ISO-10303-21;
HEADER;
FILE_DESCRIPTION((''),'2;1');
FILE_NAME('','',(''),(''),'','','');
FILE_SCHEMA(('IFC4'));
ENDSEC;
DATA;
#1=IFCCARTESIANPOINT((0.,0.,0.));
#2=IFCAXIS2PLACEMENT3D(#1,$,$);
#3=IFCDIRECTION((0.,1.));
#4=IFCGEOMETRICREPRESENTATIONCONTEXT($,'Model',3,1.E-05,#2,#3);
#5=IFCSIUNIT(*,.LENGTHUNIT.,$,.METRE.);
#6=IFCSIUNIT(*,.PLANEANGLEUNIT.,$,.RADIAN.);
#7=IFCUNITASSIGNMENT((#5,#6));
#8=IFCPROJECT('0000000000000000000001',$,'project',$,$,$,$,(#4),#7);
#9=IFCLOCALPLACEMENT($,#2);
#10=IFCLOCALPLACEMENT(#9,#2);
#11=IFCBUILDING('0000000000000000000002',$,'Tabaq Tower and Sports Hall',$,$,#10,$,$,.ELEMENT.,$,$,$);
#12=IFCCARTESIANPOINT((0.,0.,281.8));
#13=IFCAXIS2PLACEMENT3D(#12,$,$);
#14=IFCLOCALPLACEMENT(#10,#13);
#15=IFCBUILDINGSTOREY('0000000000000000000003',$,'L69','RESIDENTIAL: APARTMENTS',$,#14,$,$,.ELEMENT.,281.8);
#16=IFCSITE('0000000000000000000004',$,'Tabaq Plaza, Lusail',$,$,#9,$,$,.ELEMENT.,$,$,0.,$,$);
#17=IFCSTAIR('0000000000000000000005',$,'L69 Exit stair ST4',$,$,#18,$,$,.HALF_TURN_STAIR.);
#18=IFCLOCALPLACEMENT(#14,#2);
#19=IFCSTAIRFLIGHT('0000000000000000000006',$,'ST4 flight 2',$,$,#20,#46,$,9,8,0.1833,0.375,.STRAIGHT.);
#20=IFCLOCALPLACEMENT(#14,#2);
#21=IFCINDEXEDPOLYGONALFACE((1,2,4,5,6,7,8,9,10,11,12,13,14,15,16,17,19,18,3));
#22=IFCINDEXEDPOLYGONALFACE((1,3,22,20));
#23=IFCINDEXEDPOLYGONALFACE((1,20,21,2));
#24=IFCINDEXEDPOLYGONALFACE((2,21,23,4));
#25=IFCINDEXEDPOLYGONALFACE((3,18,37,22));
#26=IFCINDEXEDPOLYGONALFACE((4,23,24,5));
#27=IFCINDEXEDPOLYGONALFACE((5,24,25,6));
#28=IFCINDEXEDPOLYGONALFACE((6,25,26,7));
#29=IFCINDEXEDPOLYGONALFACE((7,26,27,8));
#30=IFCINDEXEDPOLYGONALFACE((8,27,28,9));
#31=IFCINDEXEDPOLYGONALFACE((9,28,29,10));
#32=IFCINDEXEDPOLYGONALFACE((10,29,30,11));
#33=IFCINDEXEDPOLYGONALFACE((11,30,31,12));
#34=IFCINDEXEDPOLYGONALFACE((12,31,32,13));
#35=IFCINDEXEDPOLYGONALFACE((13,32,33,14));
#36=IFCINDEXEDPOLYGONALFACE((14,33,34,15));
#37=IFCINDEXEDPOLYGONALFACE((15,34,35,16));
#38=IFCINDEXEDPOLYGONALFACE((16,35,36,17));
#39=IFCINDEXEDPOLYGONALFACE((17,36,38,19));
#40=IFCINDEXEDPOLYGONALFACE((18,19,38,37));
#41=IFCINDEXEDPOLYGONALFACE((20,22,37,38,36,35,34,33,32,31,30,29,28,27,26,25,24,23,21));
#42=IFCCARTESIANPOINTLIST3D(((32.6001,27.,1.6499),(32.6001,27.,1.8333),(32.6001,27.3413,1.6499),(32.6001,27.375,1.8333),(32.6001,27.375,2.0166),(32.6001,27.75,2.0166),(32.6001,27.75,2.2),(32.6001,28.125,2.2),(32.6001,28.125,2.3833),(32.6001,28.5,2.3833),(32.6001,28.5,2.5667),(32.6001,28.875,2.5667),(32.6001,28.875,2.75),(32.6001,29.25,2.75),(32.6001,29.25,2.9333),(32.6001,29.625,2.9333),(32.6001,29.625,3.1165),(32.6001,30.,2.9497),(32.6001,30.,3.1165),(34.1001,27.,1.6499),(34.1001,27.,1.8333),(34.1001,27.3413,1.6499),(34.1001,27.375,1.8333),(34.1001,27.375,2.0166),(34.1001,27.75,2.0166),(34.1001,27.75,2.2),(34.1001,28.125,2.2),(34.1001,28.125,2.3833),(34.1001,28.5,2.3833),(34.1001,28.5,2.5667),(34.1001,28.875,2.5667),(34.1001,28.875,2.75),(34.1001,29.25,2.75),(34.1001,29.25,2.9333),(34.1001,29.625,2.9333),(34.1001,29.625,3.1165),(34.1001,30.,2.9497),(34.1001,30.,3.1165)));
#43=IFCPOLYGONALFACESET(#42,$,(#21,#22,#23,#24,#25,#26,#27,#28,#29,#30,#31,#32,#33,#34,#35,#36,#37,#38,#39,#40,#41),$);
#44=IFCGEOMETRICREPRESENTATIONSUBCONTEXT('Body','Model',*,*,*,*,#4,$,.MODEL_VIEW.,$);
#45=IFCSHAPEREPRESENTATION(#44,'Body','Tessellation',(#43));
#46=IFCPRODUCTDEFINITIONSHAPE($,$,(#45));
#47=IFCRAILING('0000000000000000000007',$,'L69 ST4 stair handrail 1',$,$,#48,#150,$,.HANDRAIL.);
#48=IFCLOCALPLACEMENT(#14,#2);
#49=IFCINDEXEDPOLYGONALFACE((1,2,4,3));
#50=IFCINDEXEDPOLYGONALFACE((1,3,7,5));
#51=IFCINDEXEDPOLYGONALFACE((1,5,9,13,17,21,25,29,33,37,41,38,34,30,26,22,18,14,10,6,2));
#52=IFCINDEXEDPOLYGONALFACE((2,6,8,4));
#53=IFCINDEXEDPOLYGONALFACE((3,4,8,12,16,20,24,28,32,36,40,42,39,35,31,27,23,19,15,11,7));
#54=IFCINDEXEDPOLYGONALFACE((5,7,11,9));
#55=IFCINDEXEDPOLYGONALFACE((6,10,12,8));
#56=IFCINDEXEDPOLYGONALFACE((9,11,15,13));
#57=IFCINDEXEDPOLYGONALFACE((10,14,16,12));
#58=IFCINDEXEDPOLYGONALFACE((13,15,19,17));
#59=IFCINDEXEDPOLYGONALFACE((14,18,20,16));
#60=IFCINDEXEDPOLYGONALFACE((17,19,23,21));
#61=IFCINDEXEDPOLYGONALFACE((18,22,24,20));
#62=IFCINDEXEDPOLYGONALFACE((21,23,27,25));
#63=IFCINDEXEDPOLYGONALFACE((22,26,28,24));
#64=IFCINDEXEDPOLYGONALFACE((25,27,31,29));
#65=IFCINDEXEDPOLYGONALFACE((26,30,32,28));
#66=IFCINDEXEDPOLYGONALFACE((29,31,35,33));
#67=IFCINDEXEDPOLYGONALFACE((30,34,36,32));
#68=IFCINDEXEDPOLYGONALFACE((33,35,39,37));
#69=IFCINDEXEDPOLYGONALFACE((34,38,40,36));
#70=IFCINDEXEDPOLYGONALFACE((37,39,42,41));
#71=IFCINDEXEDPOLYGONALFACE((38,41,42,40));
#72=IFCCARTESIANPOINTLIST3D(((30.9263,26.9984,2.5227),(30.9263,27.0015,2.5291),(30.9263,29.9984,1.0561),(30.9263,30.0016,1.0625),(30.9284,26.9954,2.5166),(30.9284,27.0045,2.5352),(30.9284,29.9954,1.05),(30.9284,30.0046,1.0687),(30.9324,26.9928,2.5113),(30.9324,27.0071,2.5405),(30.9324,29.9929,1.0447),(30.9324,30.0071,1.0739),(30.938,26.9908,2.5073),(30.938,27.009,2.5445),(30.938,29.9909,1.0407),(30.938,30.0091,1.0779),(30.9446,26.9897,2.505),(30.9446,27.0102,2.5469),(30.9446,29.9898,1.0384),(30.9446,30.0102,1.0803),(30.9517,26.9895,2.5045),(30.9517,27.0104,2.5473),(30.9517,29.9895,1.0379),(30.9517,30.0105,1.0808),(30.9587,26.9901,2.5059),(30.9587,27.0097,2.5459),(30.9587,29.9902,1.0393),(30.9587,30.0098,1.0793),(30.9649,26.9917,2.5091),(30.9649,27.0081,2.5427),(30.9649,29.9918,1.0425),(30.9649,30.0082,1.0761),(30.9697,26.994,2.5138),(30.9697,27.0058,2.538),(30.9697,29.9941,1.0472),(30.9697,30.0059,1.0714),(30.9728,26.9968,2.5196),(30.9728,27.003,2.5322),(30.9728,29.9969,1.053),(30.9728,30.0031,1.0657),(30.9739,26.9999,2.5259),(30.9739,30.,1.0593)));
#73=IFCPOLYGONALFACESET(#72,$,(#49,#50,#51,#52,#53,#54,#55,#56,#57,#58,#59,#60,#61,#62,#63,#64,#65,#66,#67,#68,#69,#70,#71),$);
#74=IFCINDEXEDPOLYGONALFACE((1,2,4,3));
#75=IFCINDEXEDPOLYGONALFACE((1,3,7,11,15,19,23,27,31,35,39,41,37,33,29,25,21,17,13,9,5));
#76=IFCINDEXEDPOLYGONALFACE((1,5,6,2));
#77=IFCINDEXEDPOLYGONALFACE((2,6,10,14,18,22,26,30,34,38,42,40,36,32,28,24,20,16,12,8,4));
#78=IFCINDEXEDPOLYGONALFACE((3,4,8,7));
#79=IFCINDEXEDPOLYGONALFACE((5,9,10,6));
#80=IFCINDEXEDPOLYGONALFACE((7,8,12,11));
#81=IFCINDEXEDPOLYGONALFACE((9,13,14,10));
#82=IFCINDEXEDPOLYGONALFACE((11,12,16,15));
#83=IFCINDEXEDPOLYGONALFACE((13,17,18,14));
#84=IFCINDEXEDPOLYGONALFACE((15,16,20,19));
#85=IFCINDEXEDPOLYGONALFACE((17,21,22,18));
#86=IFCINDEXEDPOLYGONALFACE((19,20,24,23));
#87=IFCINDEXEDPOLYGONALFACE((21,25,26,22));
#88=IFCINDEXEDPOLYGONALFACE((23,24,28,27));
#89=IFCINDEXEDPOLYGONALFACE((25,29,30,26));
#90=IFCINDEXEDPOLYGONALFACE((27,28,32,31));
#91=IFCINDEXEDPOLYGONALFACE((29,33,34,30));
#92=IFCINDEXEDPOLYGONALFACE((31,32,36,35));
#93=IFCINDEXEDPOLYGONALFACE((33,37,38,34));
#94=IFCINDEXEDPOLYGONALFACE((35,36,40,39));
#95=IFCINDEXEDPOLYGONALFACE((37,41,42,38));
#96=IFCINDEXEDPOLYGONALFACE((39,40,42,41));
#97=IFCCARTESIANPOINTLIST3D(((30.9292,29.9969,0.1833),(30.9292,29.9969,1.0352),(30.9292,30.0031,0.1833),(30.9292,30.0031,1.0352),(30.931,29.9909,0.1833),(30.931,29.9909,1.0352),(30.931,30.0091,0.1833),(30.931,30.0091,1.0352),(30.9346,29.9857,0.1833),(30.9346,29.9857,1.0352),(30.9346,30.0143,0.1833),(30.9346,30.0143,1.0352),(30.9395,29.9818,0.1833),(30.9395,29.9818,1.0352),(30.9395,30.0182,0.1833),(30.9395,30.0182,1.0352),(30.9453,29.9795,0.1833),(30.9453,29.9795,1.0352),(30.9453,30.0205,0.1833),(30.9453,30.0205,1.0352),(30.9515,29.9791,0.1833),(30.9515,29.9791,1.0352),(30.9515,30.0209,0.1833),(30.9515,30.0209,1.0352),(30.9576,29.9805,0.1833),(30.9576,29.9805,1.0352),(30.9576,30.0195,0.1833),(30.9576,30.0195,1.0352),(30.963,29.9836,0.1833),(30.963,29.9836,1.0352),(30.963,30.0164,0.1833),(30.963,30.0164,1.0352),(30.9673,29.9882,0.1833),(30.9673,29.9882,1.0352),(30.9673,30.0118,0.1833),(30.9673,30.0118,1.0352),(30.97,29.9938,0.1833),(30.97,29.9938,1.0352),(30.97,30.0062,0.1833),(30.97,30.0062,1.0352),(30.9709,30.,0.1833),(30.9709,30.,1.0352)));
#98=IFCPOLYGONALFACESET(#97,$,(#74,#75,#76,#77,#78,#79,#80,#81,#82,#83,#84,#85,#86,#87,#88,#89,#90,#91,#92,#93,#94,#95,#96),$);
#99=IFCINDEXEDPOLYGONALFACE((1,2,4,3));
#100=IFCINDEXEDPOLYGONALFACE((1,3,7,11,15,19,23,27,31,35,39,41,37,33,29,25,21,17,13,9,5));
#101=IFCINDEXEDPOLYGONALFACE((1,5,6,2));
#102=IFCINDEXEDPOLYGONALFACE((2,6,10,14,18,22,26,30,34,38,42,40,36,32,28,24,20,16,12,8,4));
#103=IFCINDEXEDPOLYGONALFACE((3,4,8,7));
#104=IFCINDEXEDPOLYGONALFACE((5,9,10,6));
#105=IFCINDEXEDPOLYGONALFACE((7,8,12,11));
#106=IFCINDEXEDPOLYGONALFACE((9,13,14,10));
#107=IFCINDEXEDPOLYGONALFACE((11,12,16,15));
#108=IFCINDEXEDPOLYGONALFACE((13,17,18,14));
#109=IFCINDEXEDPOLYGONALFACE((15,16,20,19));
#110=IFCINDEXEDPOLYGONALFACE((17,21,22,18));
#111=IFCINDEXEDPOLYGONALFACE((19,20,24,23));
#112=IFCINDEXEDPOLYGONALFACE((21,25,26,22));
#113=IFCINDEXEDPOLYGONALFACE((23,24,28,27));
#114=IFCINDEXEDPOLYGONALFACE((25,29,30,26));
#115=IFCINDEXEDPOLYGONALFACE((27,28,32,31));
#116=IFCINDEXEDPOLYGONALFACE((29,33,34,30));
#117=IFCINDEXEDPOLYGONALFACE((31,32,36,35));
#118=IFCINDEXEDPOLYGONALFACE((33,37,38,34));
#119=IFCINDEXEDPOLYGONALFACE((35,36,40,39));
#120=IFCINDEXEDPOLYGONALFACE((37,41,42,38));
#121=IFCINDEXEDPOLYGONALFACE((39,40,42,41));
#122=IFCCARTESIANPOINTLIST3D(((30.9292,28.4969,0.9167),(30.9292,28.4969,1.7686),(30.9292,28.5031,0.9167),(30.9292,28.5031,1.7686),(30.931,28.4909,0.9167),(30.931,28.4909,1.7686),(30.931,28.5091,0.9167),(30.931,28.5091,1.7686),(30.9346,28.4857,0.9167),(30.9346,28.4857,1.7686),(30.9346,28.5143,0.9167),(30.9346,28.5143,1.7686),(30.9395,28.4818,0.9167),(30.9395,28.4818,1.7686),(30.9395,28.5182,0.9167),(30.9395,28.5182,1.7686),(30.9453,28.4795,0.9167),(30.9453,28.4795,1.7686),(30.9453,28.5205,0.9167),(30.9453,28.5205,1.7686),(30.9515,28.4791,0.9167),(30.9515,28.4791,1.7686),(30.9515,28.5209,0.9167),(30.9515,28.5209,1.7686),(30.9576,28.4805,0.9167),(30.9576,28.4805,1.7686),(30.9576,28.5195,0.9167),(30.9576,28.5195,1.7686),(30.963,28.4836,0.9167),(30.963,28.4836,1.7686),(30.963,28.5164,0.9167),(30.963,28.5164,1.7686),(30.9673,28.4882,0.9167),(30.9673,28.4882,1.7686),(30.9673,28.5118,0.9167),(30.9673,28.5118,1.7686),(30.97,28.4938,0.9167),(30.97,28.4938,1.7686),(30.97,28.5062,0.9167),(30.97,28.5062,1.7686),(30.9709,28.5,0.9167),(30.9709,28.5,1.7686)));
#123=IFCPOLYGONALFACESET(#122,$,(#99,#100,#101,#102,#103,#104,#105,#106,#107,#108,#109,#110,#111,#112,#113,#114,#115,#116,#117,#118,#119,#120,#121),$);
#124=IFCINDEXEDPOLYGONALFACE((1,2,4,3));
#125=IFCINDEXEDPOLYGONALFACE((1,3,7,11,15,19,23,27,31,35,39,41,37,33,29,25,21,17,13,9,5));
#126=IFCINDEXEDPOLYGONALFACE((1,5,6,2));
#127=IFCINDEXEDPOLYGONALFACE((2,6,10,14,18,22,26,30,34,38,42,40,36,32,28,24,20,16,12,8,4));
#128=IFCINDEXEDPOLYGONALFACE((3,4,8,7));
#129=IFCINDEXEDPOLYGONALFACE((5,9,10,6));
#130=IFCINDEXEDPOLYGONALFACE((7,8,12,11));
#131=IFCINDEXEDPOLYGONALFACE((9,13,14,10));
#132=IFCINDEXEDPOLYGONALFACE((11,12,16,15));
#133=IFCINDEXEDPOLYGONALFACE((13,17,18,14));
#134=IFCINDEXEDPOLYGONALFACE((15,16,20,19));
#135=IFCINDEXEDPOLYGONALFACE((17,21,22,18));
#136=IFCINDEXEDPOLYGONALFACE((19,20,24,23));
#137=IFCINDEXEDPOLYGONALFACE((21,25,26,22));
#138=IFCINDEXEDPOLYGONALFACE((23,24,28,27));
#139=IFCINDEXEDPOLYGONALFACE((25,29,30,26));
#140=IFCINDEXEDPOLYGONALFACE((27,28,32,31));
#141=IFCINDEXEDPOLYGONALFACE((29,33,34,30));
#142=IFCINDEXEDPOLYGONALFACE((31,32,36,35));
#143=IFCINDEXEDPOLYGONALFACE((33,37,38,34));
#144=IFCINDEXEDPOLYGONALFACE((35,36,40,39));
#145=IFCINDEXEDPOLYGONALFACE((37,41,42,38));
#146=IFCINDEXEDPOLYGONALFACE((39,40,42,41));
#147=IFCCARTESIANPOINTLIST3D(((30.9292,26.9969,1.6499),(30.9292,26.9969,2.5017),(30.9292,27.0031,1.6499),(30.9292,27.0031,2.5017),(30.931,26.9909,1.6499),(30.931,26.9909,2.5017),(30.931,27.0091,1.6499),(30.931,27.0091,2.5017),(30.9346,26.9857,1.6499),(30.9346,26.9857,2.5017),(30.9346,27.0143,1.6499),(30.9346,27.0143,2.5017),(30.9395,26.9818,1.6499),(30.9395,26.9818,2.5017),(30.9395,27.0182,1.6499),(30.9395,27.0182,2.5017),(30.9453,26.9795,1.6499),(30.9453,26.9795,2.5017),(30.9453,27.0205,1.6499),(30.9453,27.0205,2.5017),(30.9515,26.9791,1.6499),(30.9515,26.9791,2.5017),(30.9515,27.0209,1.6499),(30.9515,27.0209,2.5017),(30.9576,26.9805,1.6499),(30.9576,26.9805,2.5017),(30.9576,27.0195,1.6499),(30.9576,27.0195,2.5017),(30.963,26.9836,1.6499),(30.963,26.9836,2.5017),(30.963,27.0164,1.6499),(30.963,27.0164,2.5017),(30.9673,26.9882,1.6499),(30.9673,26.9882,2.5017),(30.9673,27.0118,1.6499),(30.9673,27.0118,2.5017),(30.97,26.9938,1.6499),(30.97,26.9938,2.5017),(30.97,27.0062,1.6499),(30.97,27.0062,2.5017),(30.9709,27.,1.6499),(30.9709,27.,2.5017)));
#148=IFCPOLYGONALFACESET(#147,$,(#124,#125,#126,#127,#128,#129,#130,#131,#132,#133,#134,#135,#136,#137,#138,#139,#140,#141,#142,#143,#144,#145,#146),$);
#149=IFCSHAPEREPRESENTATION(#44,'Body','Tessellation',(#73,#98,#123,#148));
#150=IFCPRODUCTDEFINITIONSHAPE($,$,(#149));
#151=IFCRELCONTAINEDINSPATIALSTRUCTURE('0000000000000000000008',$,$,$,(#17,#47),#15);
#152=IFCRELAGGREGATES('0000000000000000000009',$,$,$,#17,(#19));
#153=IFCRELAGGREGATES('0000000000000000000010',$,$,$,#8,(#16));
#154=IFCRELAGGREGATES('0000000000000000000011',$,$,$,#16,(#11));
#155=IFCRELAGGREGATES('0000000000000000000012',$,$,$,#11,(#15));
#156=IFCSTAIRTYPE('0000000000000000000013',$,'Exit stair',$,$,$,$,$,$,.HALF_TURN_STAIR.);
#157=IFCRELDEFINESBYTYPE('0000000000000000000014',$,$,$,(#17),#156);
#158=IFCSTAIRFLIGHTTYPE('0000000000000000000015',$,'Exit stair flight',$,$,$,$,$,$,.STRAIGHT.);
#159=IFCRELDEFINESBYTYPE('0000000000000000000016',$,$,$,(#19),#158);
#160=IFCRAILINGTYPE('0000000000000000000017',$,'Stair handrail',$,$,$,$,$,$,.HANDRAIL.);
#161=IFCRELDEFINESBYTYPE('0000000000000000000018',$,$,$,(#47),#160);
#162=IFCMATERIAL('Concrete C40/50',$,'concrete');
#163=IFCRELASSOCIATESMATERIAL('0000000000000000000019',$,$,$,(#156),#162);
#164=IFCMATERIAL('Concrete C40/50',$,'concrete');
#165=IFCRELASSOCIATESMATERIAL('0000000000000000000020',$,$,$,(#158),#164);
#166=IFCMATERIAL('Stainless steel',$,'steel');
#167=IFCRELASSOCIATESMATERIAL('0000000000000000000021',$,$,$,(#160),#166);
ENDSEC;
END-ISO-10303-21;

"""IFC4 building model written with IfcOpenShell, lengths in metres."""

from ifc_helpers import new_model, si_unit, direction, frame, origin, origin_2d, place, context, subcontext, project, spatial, polyline, circle, outline, extrude, material, type_object, element, aggregate, save


model = new_model("IFC4")

# Units and contexts
model_context = context("Model", 3, precision=1e-05, world=origin(), true_north=direction((0.0, 1.0)))
body_context = subcontext(model_context, "Body", "Model", "MODEL_VIEW")
ifc_project = project(units=[si_unit("LENGTHUNIT", "METRE"), si_unit("PLANEANGLEUNIT", "RADIAN")], contexts=[model_context])

# Site, building, storey
site_placement = place(None, origin())
site = spatial("IfcSite", under=ifc_project, at=site_placement, Name="Tabaq Plaza, Lusail", CompositionType="ELEMENT", RefElevation=0.0)
building_placement = place(site_placement, origin())
building = spatial("IfcBuilding", under=site, at=building_placement, Name="Tabaq Tower and Sports Hall", CompositionType="ELEMENT")
storey_placement = place(building_placement, frame((0.0, 0.0, 281.8)))
storey = spatial("IfcBuildingStorey", under=building, at=storey_placement, Name="L69", Description="RESIDENTIAL: APARTMENTS", CompositionType="ELEMENT", Elevation=281.8)

# Stair, stair flight
ifc_material_1 = material(Name="Concrete C40/50", Category="concrete")
stair_type = type_object("IfcStairType", Name="Exit stair", PredefinedType="HALF_TURN_STAIR", material=ifc_material_1)
stair_placement = place(storey_placement, origin())
stair = element("IfcStair", 1, at=stair_placement, inside=storey, type_object=stair_type, Name="L69 Exit stair ST4", PredefinedType="HALF_TURN_STAIR")
ifc_material_2 = material(Name="Concrete C40/50", Category="concrete")
stair_flight_type = type_object("IfcStairFlightType", Name="Exit stair flight", PredefinedType="STRAIGHT", material=ifc_material_2)
stair_flight_1_placement = place(storey_placement, frame((33.3501, 27.0, 1.6499), z_axis=(0.0, 0.0, 1.0), x_axis=(0.0, 1.0, 0.0)))
stair_flight_1 = element("IfcStairFlight", 2, at=stair_flight_1_placement, type_object=stair_flight_type, Name="ST4 flight 2", NumberOfRisers=9, NumberOfTreads=8, PredefinedType="STRAIGHT", RiserHeight=0.1833, TreadLength=0.375, context=body_context, shape_type="SweptSolid", body=[
    extrude(outline(polyline([(0.0, 0.0), (0.0, 0.1833), (0.375, 0.1833), (0.375, 0.3667), (0.75, 0.3667), (0.75, 0.55), (1.125, 0.55), (1.125, 0.7334), (1.5, 0.7334), (1.5, 0.9167), (1.875, 0.9167), (1.875, 1.1001), (2.25, 1.1001), (2.25, 1.2834), (2.625, 1.2834), (2.625, 1.4666), (3.0, 1.4666), (3.0, 1.6499), (3.0, 1.2998), (0.3413, 0.0), (0.0, 0.0)])), frame((0.0, 0.75, 0.0), z_axis=(0.0, -1.0, 0.0), x_axis=(1.0, 0.0, 0.0)), (0.0, 0.0, 1.0), 1.5),
])
aggregate(stair, [stair_flight_1])

# Railing
ifc_material_3 = material(Name="Stainless steel", Category="steel")
railing_type_1 = type_object("IfcRailingType", Name="Stair handrail", PredefinedType="HANDRAIL", material=ifc_material_3)
railing_1_placement = place(storey_placement, frame((30.95, 30.0, 0.1833)))
element("IfcRailing", 3, at=railing_1_placement, inside=storey, type_object=railing_type_1, Name="L69 ST4 stair handrail 1", PredefinedType="HANDRAIL", context=body_context, shape_type="SweptSolid", body=[
    extrude(circle(Radius=0.0239, at=origin_2d()), frame((0.0, 0.0, 0.876), z_axis=(0.0, -0.898398, 0.439183), x_axis=(1.0, 0.0, 0.0)), (0.0, 0.0, 1.0), 3.3394),
    extrude(circle(Radius=0.021, at=origin_2d()), origin(), (0.0, 0.0, 1.0), 0.8518),
    extrude(circle(Radius=0.021, at=origin_2d()), frame((0.0, -1.5, 0.7334)), (0.0, 0.0, 1.0), 0.8518),
    extrude(circle(Radius=0.021, at=origin_2d()), frame((0.0, -3.0, 1.4666)), (0.0, 0.0, 1.0), 0.8518),
])

save(model, "model.ifc")
